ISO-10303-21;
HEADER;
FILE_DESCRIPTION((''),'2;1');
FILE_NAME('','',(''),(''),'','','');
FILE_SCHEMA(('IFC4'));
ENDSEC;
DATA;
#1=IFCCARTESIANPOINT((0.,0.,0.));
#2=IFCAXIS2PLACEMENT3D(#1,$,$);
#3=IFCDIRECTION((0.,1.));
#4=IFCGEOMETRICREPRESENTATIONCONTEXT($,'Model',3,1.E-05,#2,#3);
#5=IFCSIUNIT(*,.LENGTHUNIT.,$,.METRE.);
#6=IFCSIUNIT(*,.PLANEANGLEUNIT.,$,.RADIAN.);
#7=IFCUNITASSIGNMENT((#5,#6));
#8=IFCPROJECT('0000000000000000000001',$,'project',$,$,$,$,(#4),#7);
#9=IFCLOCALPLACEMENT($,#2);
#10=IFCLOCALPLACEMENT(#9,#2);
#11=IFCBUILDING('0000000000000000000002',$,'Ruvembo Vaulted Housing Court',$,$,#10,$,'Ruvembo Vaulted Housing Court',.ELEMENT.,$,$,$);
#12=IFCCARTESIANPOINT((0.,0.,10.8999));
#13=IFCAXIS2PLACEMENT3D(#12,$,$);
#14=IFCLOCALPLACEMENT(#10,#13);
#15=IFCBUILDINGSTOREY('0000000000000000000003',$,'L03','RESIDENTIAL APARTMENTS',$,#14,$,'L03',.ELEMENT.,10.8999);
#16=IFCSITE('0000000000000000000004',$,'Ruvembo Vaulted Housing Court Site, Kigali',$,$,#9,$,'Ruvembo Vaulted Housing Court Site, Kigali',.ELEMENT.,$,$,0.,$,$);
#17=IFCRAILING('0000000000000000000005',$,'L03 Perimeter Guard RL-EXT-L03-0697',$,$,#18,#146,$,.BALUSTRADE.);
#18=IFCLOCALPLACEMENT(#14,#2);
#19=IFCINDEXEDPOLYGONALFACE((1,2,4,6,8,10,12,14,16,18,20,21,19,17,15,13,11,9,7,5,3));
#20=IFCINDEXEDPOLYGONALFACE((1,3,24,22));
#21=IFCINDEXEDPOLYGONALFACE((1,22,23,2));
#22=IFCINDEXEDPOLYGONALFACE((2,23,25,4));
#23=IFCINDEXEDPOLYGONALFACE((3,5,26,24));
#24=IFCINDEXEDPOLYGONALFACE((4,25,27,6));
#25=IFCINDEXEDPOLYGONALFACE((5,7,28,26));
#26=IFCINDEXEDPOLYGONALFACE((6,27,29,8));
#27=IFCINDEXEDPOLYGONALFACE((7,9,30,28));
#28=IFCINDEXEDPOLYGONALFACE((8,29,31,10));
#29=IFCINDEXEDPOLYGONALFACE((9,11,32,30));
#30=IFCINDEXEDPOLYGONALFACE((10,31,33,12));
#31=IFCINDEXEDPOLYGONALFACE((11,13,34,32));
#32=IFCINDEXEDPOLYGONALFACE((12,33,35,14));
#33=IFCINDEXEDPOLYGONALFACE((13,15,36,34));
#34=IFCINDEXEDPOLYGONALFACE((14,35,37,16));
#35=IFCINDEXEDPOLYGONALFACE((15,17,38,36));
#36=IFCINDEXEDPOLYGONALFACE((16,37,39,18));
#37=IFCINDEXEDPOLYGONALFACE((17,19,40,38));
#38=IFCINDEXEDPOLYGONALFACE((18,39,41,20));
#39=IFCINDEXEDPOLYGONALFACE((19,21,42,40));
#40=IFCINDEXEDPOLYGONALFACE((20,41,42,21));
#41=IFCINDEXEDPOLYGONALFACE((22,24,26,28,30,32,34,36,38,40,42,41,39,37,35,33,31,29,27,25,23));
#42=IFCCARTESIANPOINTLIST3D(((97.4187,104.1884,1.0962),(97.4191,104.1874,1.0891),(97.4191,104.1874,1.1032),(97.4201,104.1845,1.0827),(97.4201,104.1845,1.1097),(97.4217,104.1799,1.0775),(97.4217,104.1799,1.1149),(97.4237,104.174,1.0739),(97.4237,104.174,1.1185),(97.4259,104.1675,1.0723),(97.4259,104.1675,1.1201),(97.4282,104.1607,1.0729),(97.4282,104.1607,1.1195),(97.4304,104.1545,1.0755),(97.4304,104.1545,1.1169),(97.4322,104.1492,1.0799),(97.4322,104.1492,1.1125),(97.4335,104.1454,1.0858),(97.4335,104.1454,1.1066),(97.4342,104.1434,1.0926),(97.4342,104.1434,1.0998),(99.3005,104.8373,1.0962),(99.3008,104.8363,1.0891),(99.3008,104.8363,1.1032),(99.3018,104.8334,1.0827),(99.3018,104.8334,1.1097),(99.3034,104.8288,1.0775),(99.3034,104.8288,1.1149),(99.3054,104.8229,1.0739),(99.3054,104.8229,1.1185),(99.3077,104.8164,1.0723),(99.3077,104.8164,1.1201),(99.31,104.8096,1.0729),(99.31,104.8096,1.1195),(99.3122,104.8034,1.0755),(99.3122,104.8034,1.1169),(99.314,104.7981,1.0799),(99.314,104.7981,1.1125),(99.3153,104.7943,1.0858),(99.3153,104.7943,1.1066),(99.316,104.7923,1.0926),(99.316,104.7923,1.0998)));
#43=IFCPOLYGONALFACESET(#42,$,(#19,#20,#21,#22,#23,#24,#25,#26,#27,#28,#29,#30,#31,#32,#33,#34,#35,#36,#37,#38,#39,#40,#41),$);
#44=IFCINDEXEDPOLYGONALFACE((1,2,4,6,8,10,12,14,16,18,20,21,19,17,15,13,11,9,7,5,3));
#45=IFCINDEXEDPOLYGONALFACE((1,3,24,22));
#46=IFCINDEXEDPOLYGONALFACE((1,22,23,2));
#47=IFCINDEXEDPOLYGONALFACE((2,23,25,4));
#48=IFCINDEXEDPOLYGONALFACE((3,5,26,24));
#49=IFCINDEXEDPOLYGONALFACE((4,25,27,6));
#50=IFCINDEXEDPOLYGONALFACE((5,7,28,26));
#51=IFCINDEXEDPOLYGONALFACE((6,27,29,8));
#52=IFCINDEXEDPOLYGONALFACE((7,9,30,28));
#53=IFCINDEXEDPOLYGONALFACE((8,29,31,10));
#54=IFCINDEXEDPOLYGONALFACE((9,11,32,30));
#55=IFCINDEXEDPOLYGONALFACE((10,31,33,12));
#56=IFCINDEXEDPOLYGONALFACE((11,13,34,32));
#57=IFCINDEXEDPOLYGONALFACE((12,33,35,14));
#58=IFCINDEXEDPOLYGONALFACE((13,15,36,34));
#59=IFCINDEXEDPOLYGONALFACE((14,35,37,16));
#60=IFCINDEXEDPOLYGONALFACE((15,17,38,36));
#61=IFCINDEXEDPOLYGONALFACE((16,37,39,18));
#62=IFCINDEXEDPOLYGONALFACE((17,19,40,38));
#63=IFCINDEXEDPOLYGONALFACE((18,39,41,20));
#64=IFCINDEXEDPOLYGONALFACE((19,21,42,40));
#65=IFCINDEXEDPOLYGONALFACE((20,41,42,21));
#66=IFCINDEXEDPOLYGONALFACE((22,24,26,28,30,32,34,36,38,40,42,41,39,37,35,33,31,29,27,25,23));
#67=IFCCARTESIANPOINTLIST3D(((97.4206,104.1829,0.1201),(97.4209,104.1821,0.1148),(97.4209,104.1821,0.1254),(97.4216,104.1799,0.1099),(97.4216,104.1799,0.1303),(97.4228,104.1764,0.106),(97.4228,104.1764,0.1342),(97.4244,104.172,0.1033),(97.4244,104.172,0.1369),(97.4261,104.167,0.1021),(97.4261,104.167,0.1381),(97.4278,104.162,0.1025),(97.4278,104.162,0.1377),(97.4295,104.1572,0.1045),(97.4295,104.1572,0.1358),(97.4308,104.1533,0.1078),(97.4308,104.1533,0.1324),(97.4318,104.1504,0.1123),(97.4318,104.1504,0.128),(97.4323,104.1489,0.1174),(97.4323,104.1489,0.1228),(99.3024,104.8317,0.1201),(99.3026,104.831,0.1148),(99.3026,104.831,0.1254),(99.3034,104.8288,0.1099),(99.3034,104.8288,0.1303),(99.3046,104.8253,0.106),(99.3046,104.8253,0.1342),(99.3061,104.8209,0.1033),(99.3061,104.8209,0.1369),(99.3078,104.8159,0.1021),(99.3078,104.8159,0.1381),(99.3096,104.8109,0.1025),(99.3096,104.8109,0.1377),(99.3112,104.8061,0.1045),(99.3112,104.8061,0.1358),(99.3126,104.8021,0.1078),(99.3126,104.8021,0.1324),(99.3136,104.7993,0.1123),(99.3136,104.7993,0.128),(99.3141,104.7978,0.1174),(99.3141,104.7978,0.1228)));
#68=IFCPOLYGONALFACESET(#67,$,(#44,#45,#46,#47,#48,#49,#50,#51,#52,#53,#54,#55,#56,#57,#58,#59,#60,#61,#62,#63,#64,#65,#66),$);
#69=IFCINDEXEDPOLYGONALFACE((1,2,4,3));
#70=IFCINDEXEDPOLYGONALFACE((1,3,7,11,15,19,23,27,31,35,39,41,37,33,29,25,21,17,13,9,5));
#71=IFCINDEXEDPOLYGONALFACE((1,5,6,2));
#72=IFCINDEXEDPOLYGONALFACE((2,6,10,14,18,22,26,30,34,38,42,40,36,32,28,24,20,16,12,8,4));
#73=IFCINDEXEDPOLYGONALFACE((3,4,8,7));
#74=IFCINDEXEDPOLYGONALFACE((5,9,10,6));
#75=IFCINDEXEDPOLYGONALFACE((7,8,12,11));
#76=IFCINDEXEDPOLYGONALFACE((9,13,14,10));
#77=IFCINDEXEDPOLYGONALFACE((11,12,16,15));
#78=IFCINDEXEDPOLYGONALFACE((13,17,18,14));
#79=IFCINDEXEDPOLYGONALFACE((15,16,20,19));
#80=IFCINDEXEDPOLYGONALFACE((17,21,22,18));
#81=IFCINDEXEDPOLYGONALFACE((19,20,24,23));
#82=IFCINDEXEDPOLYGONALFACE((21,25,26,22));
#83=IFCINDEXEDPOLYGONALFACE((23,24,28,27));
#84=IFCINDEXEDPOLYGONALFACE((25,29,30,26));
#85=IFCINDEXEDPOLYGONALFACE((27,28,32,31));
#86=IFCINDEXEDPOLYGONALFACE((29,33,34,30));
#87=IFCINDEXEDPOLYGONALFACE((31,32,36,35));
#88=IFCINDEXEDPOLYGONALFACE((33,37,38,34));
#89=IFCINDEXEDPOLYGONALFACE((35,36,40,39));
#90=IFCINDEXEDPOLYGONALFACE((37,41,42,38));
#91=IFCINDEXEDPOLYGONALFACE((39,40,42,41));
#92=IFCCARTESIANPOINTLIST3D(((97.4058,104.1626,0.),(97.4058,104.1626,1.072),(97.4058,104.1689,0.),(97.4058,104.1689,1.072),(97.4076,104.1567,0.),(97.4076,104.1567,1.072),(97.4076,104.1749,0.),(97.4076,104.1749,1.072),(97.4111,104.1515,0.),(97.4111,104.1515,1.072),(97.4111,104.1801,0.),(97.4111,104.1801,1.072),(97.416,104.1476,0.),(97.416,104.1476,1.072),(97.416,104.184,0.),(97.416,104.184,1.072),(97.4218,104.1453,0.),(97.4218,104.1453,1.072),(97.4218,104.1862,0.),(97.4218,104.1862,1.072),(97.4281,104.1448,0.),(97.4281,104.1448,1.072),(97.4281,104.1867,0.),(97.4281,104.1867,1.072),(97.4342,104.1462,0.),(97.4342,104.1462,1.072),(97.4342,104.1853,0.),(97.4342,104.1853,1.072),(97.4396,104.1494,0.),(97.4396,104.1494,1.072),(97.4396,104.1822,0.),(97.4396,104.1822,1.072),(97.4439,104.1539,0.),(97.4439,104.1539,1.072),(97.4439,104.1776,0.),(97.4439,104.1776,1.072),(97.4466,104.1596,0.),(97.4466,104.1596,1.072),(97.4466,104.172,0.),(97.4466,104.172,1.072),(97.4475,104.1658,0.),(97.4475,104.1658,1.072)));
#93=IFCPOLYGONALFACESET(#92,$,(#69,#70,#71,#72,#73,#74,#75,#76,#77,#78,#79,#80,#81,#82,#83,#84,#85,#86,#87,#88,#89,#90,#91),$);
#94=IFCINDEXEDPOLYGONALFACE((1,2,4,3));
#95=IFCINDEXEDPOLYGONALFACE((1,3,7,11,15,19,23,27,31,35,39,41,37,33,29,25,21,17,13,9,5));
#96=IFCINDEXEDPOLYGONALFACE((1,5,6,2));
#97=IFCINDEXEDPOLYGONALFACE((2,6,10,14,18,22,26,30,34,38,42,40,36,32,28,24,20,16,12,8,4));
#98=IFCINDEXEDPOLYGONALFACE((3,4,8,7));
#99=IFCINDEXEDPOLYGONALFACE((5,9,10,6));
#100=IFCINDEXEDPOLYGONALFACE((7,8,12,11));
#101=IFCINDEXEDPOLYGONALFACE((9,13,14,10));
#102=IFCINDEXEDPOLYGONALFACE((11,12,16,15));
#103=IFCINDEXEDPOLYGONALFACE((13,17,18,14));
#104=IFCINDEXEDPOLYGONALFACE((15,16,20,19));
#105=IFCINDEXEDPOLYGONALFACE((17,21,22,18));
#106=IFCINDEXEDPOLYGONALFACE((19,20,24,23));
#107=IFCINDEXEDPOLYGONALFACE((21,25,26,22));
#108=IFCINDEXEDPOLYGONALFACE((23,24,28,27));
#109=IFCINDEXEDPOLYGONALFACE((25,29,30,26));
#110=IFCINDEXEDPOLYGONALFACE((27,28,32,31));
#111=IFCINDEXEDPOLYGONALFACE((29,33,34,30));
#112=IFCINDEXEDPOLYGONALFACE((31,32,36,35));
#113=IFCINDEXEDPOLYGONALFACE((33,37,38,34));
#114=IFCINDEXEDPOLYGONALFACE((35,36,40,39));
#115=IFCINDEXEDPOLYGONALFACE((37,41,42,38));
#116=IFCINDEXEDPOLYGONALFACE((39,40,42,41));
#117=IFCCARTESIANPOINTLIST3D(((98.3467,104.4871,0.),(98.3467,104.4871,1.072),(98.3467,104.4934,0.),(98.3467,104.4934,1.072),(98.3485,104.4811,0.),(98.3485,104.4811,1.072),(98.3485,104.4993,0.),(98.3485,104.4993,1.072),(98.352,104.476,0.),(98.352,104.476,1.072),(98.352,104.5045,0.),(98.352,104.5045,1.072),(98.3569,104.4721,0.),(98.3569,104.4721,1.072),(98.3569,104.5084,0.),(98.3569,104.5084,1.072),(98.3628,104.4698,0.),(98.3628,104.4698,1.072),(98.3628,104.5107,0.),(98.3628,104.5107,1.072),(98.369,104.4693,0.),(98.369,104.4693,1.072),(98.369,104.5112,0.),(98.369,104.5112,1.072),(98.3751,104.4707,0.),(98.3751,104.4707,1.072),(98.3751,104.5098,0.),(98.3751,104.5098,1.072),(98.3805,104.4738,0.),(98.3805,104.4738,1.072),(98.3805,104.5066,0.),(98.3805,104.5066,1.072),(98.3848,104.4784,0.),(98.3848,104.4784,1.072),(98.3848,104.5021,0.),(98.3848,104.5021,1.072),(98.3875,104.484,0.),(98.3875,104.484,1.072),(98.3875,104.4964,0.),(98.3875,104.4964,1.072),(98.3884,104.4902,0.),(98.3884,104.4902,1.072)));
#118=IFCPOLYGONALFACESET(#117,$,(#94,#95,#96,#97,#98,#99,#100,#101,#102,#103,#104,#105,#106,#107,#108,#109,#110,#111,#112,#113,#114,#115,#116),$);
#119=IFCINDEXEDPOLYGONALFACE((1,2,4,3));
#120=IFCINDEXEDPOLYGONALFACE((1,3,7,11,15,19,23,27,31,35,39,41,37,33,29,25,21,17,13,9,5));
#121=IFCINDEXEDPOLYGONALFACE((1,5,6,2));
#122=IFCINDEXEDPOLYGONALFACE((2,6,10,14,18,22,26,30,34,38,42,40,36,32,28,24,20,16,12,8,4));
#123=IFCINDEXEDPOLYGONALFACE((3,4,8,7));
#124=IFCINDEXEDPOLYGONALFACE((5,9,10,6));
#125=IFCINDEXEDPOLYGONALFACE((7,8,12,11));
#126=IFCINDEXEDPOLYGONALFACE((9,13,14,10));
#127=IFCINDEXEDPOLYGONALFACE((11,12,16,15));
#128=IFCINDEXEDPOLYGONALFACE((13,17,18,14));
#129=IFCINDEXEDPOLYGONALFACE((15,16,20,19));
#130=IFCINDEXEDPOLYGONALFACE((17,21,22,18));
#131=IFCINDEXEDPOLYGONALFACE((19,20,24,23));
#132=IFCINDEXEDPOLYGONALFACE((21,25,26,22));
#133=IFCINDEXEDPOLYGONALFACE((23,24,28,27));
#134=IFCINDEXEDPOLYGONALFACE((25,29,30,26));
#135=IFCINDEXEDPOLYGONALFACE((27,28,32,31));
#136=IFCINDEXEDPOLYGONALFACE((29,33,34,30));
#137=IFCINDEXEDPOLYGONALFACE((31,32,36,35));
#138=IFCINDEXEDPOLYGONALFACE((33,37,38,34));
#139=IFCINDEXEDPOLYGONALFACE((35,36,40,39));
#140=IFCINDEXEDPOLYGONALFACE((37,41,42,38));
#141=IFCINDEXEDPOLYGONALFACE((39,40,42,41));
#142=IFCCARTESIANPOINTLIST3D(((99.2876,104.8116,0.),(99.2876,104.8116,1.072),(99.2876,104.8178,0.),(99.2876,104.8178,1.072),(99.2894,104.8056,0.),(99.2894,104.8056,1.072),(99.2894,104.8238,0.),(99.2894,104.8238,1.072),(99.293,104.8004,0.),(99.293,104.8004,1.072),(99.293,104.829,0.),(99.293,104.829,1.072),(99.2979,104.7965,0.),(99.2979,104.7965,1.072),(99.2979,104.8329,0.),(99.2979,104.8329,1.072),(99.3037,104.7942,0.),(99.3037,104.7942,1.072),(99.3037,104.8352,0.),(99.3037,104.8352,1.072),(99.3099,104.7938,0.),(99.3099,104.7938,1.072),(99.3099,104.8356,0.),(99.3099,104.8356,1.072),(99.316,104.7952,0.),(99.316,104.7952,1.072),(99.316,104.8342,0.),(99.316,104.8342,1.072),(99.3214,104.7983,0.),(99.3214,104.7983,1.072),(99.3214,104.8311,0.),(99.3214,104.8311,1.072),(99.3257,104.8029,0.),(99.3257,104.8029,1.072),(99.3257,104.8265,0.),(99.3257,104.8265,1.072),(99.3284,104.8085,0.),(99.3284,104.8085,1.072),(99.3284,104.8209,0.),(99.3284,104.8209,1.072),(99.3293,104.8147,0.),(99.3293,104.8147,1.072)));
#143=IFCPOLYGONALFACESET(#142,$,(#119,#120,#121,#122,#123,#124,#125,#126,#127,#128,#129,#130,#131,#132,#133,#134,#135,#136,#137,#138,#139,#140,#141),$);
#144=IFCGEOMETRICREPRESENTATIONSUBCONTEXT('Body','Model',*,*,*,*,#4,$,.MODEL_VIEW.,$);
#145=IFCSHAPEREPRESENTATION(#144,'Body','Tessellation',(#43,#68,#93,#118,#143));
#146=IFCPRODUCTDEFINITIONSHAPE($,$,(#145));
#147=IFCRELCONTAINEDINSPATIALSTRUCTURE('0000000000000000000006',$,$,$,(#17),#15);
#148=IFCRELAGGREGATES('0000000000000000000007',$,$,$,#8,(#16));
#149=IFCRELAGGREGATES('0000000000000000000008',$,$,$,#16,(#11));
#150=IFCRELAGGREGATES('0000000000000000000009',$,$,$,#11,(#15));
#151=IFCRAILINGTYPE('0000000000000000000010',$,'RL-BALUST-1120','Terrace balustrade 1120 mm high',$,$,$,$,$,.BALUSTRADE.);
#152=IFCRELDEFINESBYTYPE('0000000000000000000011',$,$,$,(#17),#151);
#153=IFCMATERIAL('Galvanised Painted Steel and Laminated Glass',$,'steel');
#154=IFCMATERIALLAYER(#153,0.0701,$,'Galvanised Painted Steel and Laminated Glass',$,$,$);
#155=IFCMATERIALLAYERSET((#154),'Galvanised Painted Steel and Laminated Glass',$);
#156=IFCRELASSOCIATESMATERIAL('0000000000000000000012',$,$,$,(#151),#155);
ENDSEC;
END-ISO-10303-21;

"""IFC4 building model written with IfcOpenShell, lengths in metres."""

from ifc_helpers import new_model, si_unit, direction, frame, origin, origin_2d, place, context, subcontext, project, spatial, circle, extrude, material, layer, layer_set, type_object, element, save


model = new_model("IFC4")

# Units and contexts
model_context = context("Model", 3, precision=1e-05, world=origin(), true_north=direction((0.0, 1.0)))
body_context = subcontext(model_context, "Body", "Model", "MODEL_VIEW")
ifc_project = project(units=[si_unit("LENGTHUNIT", "METRE"), si_unit("PLANEANGLEUNIT", "RADIAN")], contexts=[model_context])

# Site, building, storey
site_placement = place(None, origin())
site = spatial("IfcSite", under=ifc_project, at=site_placement, Name="Ruvembo Vaulted Housing Court Site, Kigali", LongName="Ruvembo Vaulted Housing Court Site, Kigali", CompositionType="ELEMENT", RefElevation=0.0)
building_placement = place(site_placement, origin())
building = spatial("IfcBuilding", under=site, at=building_placement, Name="Ruvembo Vaulted Housing Court", LongName="Ruvembo Vaulted Housing Court", CompositionType="ELEMENT")
storey_placement = place(building_placement, frame((0.0, 0.0, 10.8999)))
storey = spatial("IfcBuildingStorey", under=building, at=storey_placement, Name="L03", Description="RESIDENTIAL APARTMENTS", LongName="L03", CompositionType="ELEMENT", Elevation=10.8999)

# Railing
ifc_material_1 = material(Name="Galvanised Painted Steel and Laminated Glass", Category="steel")
ifc_layer_1 = layer(ifc_material_1, 0.0701, Name="Galvanised Painted Steel and Laminated Glass")
ifc_layer_set_1 = layer_set([ifc_layer_1], Name="Galvanised Painted Steel and Laminated Glass")
railing_type = type_object("IfcRailingType", Name="RL-BALUST-1120", Description="Terrace balustrade 1120 mm high", PredefinedType="BALUSTRADE", material=ifc_layer_set_1)
railing_1_placement = place(storey_placement, frame((97.4265, 104.1658, 0.0)))
element("IfcRailing", 1, at=railing_1_placement, inside=storey, type_object=railing_type, Name="L03 Perimeter Guard RL-EXT-L03-0697", PredefinedType="BALUSTRADE", context=body_context, shape_type="SweptSolid", body=[
    extrude(circle(Radius=0.0239, at=origin_2d()), frame((0.0, 0.0, 1.0962), z_axis=(0.94537, 0.325998, 0.0), x_axis=(-0.325998, 0.94537, 0.0)), (0.0, 0.0, 1.0), 1.9905),
    extrude(circle(Radius=0.0181, at=origin_2d()), frame((0.0, 0.0, 0.1201), z_axis=(0.94537, 0.325998, 0.0), x_axis=(-0.325998, 0.94537, 0.0)), (0.0, 0.0, 1.0), 1.9905),
    extrude(circle(Radius=0.021, at=origin_2d()), origin(), (0.0, 0.0, 1.0), 1.072),
    extrude(circle(Radius=0.021, at=origin_2d()), frame((0.9409, 0.3245, 0.0)), (0.0, 0.0, 1.0), 1.072),
    extrude(circle(Radius=0.021, at=origin_2d()), frame((1.8818, 0.6489, 0.0)), (0.0, 0.0, 1.0), 1.072),
])

save(model, "model.ifc")
